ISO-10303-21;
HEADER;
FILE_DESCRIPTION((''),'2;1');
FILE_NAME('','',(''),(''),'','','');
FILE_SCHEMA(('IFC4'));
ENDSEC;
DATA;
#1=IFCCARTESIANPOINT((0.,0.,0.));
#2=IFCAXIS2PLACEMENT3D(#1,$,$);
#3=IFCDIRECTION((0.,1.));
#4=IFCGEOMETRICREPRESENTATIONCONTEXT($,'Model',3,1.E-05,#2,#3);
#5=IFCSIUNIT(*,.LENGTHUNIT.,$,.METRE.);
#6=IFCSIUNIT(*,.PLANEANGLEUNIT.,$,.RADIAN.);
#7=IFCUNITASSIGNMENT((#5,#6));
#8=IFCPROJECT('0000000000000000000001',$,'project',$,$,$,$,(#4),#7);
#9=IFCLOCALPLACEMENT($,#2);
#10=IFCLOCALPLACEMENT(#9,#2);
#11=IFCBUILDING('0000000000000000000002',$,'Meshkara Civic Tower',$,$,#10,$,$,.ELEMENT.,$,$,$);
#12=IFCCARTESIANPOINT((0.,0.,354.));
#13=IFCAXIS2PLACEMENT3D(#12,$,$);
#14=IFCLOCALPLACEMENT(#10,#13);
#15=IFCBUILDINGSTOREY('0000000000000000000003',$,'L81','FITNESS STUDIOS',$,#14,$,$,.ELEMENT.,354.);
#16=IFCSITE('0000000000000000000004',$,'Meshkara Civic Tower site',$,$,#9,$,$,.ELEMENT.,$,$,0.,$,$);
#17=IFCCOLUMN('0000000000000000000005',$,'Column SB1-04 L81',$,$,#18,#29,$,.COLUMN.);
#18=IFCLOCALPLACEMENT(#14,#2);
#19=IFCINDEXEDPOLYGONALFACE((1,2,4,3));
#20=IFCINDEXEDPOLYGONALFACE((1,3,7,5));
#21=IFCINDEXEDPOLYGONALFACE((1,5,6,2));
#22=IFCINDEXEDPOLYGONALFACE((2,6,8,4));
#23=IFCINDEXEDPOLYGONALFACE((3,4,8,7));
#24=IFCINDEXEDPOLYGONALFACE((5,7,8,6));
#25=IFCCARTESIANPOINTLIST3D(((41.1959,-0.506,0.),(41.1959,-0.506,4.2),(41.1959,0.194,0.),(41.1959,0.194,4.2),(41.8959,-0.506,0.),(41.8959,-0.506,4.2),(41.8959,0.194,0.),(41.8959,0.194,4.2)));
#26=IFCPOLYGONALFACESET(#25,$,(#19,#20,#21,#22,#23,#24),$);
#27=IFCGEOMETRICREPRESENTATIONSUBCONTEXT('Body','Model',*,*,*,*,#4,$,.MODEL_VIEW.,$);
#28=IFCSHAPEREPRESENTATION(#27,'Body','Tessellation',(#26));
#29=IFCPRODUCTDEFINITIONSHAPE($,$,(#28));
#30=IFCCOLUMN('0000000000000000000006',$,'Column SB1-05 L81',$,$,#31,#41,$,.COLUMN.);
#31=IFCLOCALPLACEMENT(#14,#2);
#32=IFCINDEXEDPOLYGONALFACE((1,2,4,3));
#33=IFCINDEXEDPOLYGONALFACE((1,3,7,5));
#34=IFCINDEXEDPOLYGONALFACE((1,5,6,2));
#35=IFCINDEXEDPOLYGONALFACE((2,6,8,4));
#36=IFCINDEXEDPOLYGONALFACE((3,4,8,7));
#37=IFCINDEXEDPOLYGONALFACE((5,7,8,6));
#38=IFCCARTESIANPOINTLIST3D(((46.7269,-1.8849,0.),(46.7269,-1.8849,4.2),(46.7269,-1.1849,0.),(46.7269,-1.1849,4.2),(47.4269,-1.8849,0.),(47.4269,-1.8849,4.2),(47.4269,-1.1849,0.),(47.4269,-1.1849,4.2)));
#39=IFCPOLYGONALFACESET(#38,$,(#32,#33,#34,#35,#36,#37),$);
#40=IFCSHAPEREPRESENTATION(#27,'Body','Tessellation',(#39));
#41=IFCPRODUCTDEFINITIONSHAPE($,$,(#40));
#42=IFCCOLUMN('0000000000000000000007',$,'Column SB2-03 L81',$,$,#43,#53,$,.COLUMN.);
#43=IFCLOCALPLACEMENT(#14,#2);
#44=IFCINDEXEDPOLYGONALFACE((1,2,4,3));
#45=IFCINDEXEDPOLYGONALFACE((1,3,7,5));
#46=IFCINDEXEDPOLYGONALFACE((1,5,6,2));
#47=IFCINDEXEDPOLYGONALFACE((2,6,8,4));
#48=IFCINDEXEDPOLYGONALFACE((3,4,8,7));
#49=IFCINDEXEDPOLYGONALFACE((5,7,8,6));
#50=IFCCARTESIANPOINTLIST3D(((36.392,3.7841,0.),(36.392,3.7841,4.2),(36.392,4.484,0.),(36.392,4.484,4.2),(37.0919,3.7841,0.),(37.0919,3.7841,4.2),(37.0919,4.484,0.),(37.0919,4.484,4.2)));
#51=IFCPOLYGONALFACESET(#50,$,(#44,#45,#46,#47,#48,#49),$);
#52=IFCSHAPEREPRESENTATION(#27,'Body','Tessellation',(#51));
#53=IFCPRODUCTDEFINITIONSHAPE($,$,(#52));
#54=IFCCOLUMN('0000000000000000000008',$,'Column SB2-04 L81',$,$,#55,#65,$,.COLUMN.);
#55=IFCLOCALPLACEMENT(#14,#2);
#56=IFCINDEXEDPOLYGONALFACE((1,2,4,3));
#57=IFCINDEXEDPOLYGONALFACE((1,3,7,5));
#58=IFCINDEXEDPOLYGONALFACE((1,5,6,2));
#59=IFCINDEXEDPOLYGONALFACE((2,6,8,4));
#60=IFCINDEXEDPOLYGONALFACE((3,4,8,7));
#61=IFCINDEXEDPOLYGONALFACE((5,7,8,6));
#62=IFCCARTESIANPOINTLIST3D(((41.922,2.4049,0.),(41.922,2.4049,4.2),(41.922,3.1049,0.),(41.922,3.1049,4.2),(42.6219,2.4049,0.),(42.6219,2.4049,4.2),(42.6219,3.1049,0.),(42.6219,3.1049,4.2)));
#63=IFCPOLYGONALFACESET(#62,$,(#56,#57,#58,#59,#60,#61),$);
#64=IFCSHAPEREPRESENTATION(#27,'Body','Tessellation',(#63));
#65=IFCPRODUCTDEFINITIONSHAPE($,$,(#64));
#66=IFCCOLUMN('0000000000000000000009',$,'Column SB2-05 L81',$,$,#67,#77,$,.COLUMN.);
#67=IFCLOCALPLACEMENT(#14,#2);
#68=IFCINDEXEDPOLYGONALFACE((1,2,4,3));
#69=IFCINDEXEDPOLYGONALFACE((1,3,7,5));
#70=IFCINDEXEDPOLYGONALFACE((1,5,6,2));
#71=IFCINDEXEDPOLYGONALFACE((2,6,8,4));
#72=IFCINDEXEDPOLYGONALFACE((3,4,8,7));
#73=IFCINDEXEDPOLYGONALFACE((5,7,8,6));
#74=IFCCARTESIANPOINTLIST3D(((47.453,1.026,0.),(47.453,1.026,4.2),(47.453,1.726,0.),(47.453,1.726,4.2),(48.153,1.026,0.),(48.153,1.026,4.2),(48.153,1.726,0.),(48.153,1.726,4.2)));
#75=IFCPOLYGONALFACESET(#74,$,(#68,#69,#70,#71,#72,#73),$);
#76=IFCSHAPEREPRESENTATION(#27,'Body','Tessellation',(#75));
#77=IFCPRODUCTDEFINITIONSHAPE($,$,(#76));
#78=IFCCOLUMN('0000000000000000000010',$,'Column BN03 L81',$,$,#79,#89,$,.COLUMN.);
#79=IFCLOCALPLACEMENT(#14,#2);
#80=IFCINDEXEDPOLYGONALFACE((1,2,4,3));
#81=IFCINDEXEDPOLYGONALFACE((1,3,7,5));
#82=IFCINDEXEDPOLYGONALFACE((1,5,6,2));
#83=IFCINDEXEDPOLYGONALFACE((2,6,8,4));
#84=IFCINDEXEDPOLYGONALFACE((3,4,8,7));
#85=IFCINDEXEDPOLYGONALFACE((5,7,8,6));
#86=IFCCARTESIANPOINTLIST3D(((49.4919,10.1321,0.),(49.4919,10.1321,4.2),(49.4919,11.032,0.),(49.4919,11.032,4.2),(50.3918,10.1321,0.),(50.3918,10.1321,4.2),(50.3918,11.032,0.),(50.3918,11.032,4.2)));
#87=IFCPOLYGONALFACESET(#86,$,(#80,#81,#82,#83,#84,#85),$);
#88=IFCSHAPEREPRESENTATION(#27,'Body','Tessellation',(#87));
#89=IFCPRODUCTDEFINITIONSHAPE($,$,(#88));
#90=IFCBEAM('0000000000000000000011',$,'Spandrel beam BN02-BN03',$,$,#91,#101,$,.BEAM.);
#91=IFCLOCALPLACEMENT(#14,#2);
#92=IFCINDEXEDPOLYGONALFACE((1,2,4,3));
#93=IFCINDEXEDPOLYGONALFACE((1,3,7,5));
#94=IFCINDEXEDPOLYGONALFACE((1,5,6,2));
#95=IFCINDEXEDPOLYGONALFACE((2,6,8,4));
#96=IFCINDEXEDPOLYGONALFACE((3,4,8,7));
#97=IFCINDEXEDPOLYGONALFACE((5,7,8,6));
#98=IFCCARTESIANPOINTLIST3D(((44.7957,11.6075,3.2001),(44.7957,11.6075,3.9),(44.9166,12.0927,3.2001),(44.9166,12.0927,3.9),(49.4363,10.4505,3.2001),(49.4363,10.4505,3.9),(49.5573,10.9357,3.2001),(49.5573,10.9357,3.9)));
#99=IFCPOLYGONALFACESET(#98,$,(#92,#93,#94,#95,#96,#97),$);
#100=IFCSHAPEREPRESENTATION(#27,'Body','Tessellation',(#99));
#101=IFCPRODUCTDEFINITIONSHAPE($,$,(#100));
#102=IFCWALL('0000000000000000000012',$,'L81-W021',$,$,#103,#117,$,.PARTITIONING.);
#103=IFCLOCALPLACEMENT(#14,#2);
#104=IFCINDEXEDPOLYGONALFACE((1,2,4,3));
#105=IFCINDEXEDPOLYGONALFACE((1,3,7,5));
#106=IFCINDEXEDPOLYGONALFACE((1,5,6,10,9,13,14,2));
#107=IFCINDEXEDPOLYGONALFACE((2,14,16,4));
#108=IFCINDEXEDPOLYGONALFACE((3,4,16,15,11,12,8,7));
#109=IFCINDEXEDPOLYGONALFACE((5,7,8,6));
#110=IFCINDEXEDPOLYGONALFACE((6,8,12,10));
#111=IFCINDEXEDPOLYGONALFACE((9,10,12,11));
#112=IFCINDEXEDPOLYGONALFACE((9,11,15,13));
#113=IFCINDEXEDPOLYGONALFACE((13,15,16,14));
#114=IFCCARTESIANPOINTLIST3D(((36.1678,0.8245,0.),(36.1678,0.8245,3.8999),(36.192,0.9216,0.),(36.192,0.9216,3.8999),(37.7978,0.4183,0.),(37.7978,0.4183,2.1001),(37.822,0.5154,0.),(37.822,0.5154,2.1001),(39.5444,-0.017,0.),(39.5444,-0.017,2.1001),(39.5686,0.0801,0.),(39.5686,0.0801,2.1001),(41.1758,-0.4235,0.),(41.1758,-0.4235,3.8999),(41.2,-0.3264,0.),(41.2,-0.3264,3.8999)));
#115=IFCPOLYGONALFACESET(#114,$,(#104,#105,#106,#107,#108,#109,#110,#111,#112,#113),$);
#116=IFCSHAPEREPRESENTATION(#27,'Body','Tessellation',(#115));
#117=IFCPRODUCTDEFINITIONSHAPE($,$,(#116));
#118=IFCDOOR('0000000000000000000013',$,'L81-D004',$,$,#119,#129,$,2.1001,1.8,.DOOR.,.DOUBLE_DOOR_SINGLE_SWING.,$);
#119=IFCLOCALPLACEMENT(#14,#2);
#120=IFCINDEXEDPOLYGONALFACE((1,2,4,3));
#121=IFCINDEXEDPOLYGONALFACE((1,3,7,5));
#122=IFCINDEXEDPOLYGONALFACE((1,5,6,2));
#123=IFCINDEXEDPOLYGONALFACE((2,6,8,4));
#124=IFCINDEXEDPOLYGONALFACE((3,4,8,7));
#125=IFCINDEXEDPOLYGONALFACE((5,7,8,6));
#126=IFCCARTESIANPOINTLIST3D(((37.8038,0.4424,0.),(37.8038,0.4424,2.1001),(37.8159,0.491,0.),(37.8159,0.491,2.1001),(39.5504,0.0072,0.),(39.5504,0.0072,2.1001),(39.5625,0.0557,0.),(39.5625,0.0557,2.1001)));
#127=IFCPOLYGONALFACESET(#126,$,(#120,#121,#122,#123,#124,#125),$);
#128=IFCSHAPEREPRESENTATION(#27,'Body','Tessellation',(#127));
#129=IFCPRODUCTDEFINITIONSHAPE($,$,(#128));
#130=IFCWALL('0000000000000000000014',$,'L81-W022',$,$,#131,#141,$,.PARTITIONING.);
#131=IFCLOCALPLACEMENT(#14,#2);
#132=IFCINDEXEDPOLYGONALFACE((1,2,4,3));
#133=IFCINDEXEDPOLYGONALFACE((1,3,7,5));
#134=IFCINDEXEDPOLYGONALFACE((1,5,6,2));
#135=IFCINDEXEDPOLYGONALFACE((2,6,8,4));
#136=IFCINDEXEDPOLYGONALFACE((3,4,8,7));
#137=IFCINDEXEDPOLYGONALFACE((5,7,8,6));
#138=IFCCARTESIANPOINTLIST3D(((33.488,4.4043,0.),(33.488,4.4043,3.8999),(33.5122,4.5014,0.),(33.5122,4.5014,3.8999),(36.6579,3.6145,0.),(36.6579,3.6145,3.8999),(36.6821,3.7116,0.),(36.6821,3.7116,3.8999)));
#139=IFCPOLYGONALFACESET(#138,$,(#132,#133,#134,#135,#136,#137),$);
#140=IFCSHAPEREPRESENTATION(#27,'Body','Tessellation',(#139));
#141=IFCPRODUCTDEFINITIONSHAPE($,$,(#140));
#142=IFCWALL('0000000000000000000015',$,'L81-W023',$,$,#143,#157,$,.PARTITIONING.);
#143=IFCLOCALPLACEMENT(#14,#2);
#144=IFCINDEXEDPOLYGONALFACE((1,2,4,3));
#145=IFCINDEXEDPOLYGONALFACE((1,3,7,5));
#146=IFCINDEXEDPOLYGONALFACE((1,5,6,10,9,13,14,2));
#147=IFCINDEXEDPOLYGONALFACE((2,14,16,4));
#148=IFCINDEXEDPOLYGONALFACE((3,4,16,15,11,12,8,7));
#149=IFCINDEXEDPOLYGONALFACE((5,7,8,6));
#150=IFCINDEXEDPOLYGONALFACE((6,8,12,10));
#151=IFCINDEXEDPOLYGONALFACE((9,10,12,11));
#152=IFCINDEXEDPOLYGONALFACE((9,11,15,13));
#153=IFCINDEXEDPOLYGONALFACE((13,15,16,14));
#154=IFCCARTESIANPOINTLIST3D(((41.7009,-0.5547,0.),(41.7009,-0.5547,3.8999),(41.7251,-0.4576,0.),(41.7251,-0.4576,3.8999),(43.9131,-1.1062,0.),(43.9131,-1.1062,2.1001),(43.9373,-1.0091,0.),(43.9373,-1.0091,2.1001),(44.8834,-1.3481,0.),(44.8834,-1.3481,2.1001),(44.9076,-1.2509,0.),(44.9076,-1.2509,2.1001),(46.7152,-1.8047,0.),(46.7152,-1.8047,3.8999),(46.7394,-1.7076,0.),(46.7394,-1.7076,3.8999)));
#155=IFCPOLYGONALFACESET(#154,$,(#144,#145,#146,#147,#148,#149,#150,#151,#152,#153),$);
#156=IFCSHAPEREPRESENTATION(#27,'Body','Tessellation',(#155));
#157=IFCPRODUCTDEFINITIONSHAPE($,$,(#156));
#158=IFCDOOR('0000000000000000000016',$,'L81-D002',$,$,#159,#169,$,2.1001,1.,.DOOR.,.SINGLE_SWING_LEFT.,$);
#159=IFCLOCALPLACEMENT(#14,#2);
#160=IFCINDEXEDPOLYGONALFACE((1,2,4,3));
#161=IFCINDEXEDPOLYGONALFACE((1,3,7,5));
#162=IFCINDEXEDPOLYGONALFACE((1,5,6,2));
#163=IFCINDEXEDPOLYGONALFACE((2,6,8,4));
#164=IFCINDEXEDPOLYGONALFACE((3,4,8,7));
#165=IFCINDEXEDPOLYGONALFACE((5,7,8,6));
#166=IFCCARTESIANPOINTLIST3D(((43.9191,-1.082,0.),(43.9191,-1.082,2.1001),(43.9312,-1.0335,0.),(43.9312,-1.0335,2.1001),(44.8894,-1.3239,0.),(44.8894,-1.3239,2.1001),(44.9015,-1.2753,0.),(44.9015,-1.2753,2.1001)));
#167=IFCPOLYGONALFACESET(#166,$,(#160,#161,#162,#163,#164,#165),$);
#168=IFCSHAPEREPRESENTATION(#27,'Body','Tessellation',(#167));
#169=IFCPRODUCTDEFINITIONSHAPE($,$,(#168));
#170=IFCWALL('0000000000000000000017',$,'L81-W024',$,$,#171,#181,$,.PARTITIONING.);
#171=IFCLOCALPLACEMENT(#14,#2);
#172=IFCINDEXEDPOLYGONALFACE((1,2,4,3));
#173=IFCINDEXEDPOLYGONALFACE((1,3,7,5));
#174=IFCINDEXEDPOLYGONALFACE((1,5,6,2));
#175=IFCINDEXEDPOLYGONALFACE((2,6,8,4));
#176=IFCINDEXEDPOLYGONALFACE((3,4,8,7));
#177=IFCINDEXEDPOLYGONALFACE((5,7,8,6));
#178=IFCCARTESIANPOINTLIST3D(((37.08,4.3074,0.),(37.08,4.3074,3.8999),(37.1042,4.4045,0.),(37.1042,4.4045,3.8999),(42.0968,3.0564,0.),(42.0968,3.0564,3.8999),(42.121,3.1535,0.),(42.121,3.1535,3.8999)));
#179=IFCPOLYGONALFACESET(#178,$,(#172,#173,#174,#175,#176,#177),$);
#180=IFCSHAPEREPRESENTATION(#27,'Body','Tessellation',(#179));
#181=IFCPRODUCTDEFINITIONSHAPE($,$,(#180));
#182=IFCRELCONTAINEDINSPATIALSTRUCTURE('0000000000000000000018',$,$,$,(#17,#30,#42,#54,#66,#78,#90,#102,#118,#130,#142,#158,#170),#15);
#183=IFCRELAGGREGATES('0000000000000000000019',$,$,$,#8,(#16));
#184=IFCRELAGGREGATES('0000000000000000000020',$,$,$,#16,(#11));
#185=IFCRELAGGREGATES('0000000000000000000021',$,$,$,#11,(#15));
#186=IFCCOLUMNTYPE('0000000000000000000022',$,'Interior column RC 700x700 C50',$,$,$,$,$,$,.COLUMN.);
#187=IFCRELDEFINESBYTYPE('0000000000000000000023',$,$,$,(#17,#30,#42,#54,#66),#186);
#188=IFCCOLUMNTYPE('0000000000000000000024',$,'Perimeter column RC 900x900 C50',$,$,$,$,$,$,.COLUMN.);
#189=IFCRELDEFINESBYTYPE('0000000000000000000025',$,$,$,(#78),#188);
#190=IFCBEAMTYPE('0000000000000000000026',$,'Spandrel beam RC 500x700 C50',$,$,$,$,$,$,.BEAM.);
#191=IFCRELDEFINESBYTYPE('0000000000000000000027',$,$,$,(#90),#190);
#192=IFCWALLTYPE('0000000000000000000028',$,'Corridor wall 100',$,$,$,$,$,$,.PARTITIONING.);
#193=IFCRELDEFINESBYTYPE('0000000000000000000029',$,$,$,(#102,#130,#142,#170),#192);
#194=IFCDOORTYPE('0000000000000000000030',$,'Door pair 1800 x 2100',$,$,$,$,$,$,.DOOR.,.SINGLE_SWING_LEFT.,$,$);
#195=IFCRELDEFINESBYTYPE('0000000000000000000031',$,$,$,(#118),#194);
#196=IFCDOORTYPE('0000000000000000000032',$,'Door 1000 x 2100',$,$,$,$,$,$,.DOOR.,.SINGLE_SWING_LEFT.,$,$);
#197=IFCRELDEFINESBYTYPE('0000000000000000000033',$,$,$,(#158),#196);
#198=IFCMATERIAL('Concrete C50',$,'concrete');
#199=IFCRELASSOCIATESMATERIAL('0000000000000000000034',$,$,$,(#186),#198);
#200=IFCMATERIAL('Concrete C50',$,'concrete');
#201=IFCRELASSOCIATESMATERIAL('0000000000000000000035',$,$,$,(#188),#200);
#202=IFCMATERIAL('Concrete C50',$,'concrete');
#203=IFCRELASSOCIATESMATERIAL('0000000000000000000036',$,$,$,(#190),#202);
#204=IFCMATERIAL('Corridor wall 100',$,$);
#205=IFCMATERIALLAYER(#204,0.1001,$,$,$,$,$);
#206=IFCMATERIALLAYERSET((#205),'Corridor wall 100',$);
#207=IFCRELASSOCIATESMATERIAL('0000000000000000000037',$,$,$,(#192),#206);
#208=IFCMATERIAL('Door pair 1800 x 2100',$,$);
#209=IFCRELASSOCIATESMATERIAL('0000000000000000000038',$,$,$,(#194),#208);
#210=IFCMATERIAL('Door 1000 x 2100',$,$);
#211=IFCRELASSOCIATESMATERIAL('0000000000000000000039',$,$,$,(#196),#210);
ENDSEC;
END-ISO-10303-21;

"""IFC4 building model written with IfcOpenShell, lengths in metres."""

from ifc_helpers import new_model, si_unit, direction, frame, frame_2d, origin, origin_2d, place, context, subcontext, project, spatial, rectangle, extrude, material, layer, layer_set, material_profile, profile_set, type_object, element, fill, save


model = new_model("IFC4")

# Units and contexts
model_context = context("Model", 3, precision=1e-05, world=origin(), true_north=direction((0.0, 1.0)))
body_context = subcontext(model_context, "Body", "Model", "MODEL_VIEW")
ifc_project = project(units=[si_unit("LENGTHUNIT", "METRE"), si_unit("PLANEANGLEUNIT", "RADIAN")], contexts=[model_context])

# Site, building, storey
site_placement = place(None, origin())
site = spatial("IfcSite", under=ifc_project, at=site_placement, Name="Meshkara Civic Tower site", CompositionType="ELEMENT", RefElevation=0.0)
building_placement = place(site_placement, origin())
building = spatial("IfcBuilding", under=site, at=building_placement, Name="Meshkara Civic Tower", CompositionType="ELEMENT")
storey_placement = place(building_placement, frame((0.0, 0.0, 354.0)))
storey = spatial("IfcBuildingStorey", under=building, at=storey_placement, Name="L81", Description="FITNESS STUDIOS", CompositionType="ELEMENT", Elevation=354.0)

# Columns
ifc_material_1 = material(Name="Concrete C50", Category="concrete")
ifc_material_profile_1 = material_profile(ifc_material_1, rectangle(XDim=0.7, YDim=0.7, at=origin_2d()))
ifc_profile_set_1 = profile_set([ifc_material_profile_1], Name="Concrete C50")
column_type_1 = type_object("IfcColumnType", Name="Interior column RC 700x700 C50", PredefinedType="COLUMN", material=ifc_profile_set_1)
for number, where, z_axis, x_axis, name in (
    (1, (41.5459, -0.156, 0.0), (0.0, 0.0, 1.0), (1.0, 0.0, 0.0), "Column SB1-04 L81"),
    (2, (47.0769, -1.5349, 0.0), (0.0, 0.0, 1.0), (1.0, 0.0, 0.0), "Column SB1-05 L81"),
    (3, (36.7419, 4.134, 0.0), (0.0, 0.0, 1.0), (1.0, 0.0, 0.0), "Column SB2-03 L81"),
    (4, (42.272, 2.7549, 0.0), (0.0, 0.0, 1.0), (1.0, 0.0, 0.0), "Column SB2-04 L81"),
    (5, (47.803, 1.376, 0.0), (0.0, 0.0, 1.0), (1.0, 0.0, 0.0), "Column SB2-05 L81"),
):
    element("IfcColumn", number, at=place(storey_placement, frame(where, z_axis=z_axis, x_axis=x_axis)), inside=storey, type_object=column_type_1, Name=name, PredefinedType="COLUMN", context=body_context, shape_type="SweptSolid", body=[
        extrude(rectangle(XDim=0.7, YDim=0.7, at=origin_2d()), origin(), (0.0, 0.0, 1.0), 4.2),
    ])
ifc_material_2 = material(Name="Concrete C50", Category="concrete")
ifc_material_profile_2 = material_profile(ifc_material_2, rectangle(XDim=0.8999, YDim=0.8999, at=origin_2d()))
ifc_profile_set_2 = profile_set([ifc_material_profile_2], Name="Concrete C50")
column_type_2 = type_object("IfcColumnType", Name="Perimeter column RC 900x900 C50", PredefinedType="COLUMN", material=ifc_profile_set_2)
column_placement = place(storey_placement, frame((49.9419, 10.582, 0.0), z_axis=(0.0, 0.0, 1.0), x_axis=(1.0, 0.0, 0.0)))
element("IfcColumn", 6, at=column_placement, inside=storey, type_object=column_type_2, Name="Column BN03 L81", PredefinedType="COLUMN", context=body_context, shape_type="SweptSolid", body=[
    extrude(rectangle(XDim=0.8999, YDim=0.8999, at=origin_2d()), origin(), (0.0, 0.0, 1.0), 4.2),
])

# Beam
ifc_material_3 = material(Name="Concrete C50", Category="concrete")
ifc_material_profile_3 = material_profile(ifc_material_3, rectangle(XDim=0.5, YDim=0.7, at=origin_2d()))
ifc_profile_set_3 = profile_set([ifc_material_profile_3], Name="Concrete C50")
beam_type = type_object("IfcBeamType", Name="Spandrel beam RC 500x700 C50", PredefinedType="BEAM", material=ifc_profile_set_3)
beam_placement = place(storey_placement, frame((49.4968, 10.6931, 3.55), z_axis=(-0.970298, 0.241911, 0.0), x_axis=(-0.241911, -0.970298, 0.0)))
element("IfcBeam", 7, at=beam_placement, inside=storey, type_object=beam_type, Name="Spandrel beam BN02-BN03", PredefinedType="BEAM", context=body_context, shape_type="SweptSolid", body=[
    extrude(rectangle(XDim=0.5, YDim=0.7, at=origin_2d()), origin(), (0.0, 0.0, 1.0), 4.7827),
])

# Wall, opening, door
ifc_material_4 = material(Name="Corridor wall 100")
ifc_layer_1 = layer(ifc_material_4, 0.1001)
ifc_layer_set_1 = layer_set([ifc_layer_1], Name="Corridor wall 100")
wall_type_1 = type_object("IfcWallType", Name="Corridor wall 100", PredefinedType="PARTITIONING", material=ifc_layer_set_1)
wall_1_placement = place(storey_placement, frame((36.1799, 0.873, 0.0), z_axis=(0.0, 0.0, 1.0), x_axis=(0.970323, -0.241812, 0.0)))
wall_1 = element("IfcWall", 8, at=wall_1_placement, inside=storey, type_object=wall_type_1, Name="L81-W021", PredefinedType="PARTITIONING", context=body_context, shape_type="SweptSolid", body=[
    extrude(rectangle(XDim=5.1611, YDim=0.1001, at=frame_2d((2.5806, 0.0))), origin(), (0.0, 0.0, 1.0), 3.8999),
])
opening_1_placement = place(wall_1_placement, frame((1.6799, 0.0, 0.0)))
opening_1 = element("IfcOpeningElement", 9, at=opening_1_placement, cuts=wall_1, PredefinedType="OPENING", context=body_context, shape_type="SweptSolid", body=[
    extrude(rectangle(XDim=1.8, YDim=2.1001, at=frame_2d((0.8999, 1.05))), frame((0.0, 0.0601, 0.0), z_axis=(0.0, -1.0, 0.0), x_axis=(1.0, 0.0, 0.0)), (0.0, 0.0, 1.0), 0.1201),
])
ifc_material_5 = material(Name="Door pair 1800 x 2100")
door_type_1 = type_object("IfcDoorType", Name="Door pair 1800 x 2100", OperationType="SINGLE_SWING_LEFT", PredefinedType="DOOR", material=ifc_material_5)
door_1_placement = place(opening_1_placement, origin())
door_1 = element("IfcDoor", 10, at=door_1_placement, inside=storey, type_object=door_type_1, Name="L81-D004", OperationType="DOUBLE_DOOR_SINGLE_SWING", OverallHeight=2.1001, OverallWidth=1.8, PredefinedType="DOOR", context=body_context, shape_type="SweptSolid", body=[
    extrude(rectangle(XDim=1.8, YDim=2.1001, at=frame_2d((0.8999, 1.05))), frame((0.0, 0.0249, 0.0), z_axis=(0.0, -1.0, 0.0), x_axis=(1.0, 0.0, 0.0)), (0.0, 0.0, 1.0), 0.05),
])
fill(opening_1, door_1)

# Wall
wall_2_placement = place(storey_placement, frame((36.6699, 3.6631, 0.0), z_axis=(0.0, 0.0, 1.0), x_axis=(-0.970336, 0.241762, 0.0)))
element("IfcWall", 11, at=wall_2_placement, inside=storey, type_object=wall_type_1, Name="L81-W022", PredefinedType="PARTITIONING", context=body_context, shape_type="SweptSolid", body=[
    extrude(rectangle(XDim=3.2668, YDim=0.1001, at=frame_2d((1.6333, 0.0))), origin(), (0.0, 0.0, 1.0), 3.8999),
])

# Wall, opening, door
wall_3_placement = place(storey_placement, frame((41.7129, -0.5061, 0.0), z_axis=(0.0, 0.0, 1.0), x_axis=(0.970303, -0.241891, 0.0)))
wall_3 = element("IfcWall", 12, at=wall_3_placement, inside=storey, type_object=wall_type_1, Name="L81-W023", PredefinedType="PARTITIONING", context=body_context, shape_type="SweptSolid", body=[
    extrude(rectangle(XDim=5.1677, YDim=0.1001, at=frame_2d((2.584, 0.0))), origin(), (0.0, 0.0, 1.0), 3.8999),
])
opening_2_placement = place(wall_3_placement, frame((2.28, 0.0, 0.0)))
opening_2 = element("IfcOpeningElement", 13, at=opening_2_placement, cuts=wall_3, PredefinedType="OPENING", context=body_context, shape_type="SweptSolid", body=[
    extrude(rectangle(XDim=1.0, YDim=2.1001, at=frame_2d((0.5, 1.05))), frame((0.0, 0.0601, 0.0), z_axis=(0.0, -1.0, 0.0), x_axis=(1.0, 0.0, 0.0)), (0.0, 0.0, 1.0), 0.1201),
])
ifc_material_6 = material(Name="Door 1000 x 2100")
door_type_2 = type_object("IfcDoorType", Name="Door 1000 x 2100", OperationType="SINGLE_SWING_LEFT", PredefinedType="DOOR", material=ifc_material_6)
door_2_placement = place(opening_2_placement, origin())
door_2 = element("IfcDoor", 14, at=door_2_placement, inside=storey, type_object=door_type_2, Name="L81-D002", OperationType="SINGLE_SWING_LEFT", OverallHeight=2.1001, OverallWidth=1.0, PredefinedType="DOOR", context=body_context, shape_type="SweptSolid", body=[
    extrude(rectangle(XDim=1.0, YDim=2.1001, at=frame_2d((0.5, 1.05))), frame((0.0, 0.0249, 0.0), z_axis=(0.0, -1.0, 0.0), x_axis=(1.0, 0.0, 0.0)), (0.0, 0.0, 1.0), 0.05),
])
fill(opening_2, door_2)

# Wall
wall_4_placement = place(storey_placement, frame((42.1089, 3.105, 0.0), z_axis=(0.0, 0.0, 1.0), x_axis=(-0.97029, 0.241947, 0.0)))
element("IfcWall", 15, at=wall_4_placement, inside=storey, type_object=wall_type_1, Name="L81-W024", PredefinedType="PARTITIONING", context=body_context, shape_type="SweptSolid", body=[
    extrude(rectangle(XDim=5.1704, YDim=0.1001, at=frame_2d((2.5852, 0.0))), origin(), (0.0, 0.0, 1.0), 3.8999),
])

save(model, "model.ifc")
